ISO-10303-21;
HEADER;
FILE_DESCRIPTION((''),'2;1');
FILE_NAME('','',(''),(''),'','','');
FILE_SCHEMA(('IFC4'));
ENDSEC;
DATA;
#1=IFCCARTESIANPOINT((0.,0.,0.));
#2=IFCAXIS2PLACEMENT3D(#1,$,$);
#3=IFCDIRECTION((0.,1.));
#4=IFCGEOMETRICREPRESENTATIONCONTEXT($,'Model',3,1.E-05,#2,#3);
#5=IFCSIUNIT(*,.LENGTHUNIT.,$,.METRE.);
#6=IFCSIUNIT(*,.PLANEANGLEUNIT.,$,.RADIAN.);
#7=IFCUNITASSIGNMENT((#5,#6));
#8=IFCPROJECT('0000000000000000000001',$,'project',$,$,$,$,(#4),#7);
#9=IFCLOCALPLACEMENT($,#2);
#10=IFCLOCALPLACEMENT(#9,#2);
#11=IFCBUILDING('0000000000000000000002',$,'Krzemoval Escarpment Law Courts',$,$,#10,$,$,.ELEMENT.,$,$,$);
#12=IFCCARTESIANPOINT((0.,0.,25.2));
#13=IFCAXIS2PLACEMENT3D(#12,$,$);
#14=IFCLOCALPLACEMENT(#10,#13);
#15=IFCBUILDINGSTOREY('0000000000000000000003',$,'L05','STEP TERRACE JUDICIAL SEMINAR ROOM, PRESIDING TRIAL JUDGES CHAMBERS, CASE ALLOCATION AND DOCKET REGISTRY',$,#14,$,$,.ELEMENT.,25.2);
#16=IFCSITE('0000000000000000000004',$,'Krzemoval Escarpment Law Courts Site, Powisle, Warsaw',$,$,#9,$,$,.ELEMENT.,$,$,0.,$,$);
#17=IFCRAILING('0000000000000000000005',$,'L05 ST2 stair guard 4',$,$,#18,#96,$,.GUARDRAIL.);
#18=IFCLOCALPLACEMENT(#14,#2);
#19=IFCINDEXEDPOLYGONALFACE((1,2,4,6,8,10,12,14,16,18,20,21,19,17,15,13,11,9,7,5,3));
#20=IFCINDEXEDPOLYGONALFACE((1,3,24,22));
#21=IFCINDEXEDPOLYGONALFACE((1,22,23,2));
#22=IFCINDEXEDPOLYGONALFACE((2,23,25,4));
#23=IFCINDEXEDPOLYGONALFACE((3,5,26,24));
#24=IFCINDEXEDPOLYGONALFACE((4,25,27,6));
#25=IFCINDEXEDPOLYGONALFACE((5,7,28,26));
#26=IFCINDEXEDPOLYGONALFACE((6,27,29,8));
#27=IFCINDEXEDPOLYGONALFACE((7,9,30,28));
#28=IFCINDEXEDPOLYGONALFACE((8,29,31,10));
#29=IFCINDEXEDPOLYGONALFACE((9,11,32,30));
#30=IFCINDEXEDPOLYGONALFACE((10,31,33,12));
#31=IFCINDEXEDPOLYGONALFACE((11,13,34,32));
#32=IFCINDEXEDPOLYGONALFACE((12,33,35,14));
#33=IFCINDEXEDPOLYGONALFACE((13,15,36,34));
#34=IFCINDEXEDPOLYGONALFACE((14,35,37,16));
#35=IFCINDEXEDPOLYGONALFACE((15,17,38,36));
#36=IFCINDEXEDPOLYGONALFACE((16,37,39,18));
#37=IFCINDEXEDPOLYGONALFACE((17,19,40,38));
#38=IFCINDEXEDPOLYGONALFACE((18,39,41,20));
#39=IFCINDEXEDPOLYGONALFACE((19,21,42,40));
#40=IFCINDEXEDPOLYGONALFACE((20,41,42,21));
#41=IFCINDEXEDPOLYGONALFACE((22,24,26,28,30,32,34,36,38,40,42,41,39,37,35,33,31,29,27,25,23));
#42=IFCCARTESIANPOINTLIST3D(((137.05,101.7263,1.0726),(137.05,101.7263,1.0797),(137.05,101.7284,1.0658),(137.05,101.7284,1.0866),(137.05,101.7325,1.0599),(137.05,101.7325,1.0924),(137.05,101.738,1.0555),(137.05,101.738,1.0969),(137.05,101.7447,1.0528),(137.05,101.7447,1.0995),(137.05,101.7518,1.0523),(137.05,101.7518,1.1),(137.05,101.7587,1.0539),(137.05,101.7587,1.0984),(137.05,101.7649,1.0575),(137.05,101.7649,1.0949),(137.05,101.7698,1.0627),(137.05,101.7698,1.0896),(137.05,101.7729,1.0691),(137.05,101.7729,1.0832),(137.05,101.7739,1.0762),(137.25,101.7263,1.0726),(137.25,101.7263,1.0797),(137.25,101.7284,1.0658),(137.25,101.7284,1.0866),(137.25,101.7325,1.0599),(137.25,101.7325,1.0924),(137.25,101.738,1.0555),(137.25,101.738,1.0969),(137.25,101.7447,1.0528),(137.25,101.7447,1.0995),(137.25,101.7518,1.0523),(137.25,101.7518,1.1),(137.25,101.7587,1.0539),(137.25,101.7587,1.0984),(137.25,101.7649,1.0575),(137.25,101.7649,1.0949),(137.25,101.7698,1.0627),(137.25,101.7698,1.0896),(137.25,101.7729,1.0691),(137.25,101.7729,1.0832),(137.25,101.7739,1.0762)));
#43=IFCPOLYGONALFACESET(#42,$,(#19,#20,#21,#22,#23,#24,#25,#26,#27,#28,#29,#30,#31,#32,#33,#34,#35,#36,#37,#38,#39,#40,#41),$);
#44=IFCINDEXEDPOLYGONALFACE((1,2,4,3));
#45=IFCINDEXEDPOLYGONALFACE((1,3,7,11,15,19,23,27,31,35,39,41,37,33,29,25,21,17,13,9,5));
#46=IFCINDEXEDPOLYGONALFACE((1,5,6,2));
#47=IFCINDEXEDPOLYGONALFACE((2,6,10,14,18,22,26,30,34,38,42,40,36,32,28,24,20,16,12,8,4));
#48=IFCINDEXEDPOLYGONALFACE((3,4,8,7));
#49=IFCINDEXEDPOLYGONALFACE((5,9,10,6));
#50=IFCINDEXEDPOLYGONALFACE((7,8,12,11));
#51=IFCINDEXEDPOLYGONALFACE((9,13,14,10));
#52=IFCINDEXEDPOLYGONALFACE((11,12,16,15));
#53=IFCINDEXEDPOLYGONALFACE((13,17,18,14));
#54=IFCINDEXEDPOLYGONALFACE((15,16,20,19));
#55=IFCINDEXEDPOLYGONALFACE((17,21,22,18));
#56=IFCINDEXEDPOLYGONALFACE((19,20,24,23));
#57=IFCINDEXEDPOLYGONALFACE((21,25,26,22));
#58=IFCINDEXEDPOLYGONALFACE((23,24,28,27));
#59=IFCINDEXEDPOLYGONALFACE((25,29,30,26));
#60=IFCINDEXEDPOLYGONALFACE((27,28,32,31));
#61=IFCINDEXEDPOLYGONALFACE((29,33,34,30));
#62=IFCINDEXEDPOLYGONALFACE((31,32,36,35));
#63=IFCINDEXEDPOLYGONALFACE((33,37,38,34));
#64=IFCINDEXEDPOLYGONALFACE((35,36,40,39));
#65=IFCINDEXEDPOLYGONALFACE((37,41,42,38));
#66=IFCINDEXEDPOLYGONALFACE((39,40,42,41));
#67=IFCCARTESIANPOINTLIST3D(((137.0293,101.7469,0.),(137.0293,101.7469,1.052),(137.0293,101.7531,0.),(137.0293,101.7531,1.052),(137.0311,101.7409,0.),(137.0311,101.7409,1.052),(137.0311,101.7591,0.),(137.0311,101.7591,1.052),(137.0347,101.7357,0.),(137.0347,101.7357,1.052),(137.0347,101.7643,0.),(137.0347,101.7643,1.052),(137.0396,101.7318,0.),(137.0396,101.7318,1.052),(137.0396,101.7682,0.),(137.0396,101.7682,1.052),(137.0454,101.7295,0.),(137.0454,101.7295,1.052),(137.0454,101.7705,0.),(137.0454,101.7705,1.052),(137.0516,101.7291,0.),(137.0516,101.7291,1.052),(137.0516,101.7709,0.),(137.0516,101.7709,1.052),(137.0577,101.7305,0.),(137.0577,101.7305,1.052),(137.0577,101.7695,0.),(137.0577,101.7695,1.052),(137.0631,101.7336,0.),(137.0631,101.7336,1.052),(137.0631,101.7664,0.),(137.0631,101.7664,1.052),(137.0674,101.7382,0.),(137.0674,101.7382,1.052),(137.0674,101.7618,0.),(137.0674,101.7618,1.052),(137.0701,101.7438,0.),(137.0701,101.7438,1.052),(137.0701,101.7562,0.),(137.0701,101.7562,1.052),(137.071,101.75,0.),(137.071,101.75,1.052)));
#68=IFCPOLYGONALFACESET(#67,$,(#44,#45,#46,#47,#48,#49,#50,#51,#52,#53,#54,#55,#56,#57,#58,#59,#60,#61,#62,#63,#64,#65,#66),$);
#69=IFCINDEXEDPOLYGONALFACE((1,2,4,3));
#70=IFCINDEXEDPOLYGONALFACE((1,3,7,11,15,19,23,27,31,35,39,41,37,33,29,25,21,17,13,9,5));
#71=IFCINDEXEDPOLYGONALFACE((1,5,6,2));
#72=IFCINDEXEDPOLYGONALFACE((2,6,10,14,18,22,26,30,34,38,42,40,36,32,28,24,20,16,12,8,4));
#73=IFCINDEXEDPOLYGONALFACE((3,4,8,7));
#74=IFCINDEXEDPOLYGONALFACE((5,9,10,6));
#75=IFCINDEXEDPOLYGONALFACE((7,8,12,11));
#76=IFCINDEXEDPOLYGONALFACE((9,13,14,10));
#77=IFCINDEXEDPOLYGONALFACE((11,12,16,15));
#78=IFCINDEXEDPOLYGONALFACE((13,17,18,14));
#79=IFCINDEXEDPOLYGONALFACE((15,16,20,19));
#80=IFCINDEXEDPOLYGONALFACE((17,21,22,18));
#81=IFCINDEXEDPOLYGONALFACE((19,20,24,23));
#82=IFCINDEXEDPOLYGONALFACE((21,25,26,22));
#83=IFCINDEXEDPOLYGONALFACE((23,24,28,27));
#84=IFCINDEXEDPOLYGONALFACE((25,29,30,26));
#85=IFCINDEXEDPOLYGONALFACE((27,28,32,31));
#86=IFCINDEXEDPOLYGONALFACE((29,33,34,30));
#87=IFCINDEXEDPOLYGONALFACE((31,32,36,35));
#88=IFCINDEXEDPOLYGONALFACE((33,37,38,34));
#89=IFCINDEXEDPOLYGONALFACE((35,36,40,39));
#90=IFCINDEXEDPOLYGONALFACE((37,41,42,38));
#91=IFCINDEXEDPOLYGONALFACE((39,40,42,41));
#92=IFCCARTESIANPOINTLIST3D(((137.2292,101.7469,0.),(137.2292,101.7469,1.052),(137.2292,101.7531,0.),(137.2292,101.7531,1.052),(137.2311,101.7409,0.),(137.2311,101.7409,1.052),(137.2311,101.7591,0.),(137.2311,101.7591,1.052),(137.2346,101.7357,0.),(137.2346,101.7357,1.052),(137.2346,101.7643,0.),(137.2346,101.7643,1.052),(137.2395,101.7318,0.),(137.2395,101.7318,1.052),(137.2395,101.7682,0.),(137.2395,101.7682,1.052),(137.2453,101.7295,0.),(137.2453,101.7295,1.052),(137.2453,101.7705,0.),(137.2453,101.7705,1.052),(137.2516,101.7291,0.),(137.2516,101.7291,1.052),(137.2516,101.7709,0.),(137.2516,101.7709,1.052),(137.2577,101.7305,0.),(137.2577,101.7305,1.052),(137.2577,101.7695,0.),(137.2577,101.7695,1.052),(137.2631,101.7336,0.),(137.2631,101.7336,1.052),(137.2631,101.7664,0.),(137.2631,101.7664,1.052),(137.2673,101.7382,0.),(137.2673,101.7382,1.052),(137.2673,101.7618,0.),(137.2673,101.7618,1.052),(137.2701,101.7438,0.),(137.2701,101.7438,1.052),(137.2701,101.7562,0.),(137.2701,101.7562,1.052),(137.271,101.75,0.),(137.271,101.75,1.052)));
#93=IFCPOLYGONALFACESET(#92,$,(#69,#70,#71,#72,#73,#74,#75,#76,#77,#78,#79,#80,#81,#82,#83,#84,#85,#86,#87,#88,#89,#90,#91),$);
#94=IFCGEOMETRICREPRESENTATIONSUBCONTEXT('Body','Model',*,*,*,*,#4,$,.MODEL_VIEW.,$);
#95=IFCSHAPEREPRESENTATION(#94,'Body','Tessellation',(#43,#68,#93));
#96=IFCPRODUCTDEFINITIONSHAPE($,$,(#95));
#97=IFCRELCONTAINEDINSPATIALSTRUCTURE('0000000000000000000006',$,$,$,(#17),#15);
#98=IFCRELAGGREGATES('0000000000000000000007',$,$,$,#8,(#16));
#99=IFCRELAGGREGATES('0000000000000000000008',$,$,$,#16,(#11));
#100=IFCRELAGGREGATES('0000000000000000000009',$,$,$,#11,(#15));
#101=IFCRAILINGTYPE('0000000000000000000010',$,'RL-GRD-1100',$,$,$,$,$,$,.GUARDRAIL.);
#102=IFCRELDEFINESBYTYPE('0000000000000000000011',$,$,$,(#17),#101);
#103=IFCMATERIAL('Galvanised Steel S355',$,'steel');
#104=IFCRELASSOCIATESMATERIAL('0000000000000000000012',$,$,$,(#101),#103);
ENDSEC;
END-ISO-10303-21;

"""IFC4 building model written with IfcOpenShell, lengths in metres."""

from ifc_helpers import new_model, si_unit, direction, frame, origin, origin_2d, place, context, subcontext, project, spatial, circle, extrude, material, type_object, element, save


model = new_model("IFC4")

# Units and contexts
model_context = context("Model", 3, precision=1e-05, world=origin(), true_north=direction((0.0, 1.0)))
body_context = subcontext(model_context, "Body", "Model", "MODEL_VIEW")
ifc_project = project(units=[si_unit("LENGTHUNIT", "METRE"), si_unit("PLANEANGLEUNIT", "RADIAN")], contexts=[model_context])

# Site, building, storey
site_placement = place(None, origin())
site = spatial("IfcSite", under=ifc_project, at=site_placement, Name="Krzemoval Escarpment Law Courts Site, Powisle, Warsaw", CompositionType="ELEMENT", RefElevation=0.0)
building_placement = place(site_placement, origin())
building = spatial("IfcBuilding", under=site, at=building_placement, Name="Krzemoval Escarpment Law Courts", CompositionType="ELEMENT")
storey_placement = place(building_placement, frame((0.0, 0.0, 25.2)))
storey = spatial("IfcBuildingStorey", under=building, at=storey_placement, Name="L05", Description="STEP TERRACE JUDICIAL SEMINAR ROOM, PRESIDING TRIAL JUDGES CHAMBERS, CASE ALLOCATION AND DOCKET REGISTRY", CompositionType="ELEMENT", Elevation=25.2)

# Railing
ifc_material_1 = material(Name="Galvanised Steel S355", Category="steel")
railing_type_1 = type_object("IfcRailingType", Name="RL-GRD-1100", PredefinedType="GUARDRAIL", material=ifc_material_1)
railing_1_placement = place(storey_placement, frame((137.05, 101.75, 0.0)))
element("IfcRailing", 1, at=railing_1_placement, inside=storey, type_object=railing_type_1, Name="L05 ST2 stair guard 4", PredefinedType="GUARDRAIL", context=body_context, shape_type="SweptSolid", body=[
    extrude(circle(Radius=0.0239, at=origin_2d()), frame((0.0, 0.0, 1.0762), z_axis=(1.0, 0.0, 0.0), x_axis=(0.0, 1.0, 0.0)), (0.0, 0.0, 1.0), 0.2),
    extrude(circle(Radius=0.021, at=origin_2d()), origin(), (0.0, 0.0, 1.0), 1.052),
    extrude(circle(Radius=0.021, at=origin_2d()), frame((0.2, 0.0, 0.0)), (0.0, 0.0, 1.0), 1.052),
])

save(model, "model.ifc")
